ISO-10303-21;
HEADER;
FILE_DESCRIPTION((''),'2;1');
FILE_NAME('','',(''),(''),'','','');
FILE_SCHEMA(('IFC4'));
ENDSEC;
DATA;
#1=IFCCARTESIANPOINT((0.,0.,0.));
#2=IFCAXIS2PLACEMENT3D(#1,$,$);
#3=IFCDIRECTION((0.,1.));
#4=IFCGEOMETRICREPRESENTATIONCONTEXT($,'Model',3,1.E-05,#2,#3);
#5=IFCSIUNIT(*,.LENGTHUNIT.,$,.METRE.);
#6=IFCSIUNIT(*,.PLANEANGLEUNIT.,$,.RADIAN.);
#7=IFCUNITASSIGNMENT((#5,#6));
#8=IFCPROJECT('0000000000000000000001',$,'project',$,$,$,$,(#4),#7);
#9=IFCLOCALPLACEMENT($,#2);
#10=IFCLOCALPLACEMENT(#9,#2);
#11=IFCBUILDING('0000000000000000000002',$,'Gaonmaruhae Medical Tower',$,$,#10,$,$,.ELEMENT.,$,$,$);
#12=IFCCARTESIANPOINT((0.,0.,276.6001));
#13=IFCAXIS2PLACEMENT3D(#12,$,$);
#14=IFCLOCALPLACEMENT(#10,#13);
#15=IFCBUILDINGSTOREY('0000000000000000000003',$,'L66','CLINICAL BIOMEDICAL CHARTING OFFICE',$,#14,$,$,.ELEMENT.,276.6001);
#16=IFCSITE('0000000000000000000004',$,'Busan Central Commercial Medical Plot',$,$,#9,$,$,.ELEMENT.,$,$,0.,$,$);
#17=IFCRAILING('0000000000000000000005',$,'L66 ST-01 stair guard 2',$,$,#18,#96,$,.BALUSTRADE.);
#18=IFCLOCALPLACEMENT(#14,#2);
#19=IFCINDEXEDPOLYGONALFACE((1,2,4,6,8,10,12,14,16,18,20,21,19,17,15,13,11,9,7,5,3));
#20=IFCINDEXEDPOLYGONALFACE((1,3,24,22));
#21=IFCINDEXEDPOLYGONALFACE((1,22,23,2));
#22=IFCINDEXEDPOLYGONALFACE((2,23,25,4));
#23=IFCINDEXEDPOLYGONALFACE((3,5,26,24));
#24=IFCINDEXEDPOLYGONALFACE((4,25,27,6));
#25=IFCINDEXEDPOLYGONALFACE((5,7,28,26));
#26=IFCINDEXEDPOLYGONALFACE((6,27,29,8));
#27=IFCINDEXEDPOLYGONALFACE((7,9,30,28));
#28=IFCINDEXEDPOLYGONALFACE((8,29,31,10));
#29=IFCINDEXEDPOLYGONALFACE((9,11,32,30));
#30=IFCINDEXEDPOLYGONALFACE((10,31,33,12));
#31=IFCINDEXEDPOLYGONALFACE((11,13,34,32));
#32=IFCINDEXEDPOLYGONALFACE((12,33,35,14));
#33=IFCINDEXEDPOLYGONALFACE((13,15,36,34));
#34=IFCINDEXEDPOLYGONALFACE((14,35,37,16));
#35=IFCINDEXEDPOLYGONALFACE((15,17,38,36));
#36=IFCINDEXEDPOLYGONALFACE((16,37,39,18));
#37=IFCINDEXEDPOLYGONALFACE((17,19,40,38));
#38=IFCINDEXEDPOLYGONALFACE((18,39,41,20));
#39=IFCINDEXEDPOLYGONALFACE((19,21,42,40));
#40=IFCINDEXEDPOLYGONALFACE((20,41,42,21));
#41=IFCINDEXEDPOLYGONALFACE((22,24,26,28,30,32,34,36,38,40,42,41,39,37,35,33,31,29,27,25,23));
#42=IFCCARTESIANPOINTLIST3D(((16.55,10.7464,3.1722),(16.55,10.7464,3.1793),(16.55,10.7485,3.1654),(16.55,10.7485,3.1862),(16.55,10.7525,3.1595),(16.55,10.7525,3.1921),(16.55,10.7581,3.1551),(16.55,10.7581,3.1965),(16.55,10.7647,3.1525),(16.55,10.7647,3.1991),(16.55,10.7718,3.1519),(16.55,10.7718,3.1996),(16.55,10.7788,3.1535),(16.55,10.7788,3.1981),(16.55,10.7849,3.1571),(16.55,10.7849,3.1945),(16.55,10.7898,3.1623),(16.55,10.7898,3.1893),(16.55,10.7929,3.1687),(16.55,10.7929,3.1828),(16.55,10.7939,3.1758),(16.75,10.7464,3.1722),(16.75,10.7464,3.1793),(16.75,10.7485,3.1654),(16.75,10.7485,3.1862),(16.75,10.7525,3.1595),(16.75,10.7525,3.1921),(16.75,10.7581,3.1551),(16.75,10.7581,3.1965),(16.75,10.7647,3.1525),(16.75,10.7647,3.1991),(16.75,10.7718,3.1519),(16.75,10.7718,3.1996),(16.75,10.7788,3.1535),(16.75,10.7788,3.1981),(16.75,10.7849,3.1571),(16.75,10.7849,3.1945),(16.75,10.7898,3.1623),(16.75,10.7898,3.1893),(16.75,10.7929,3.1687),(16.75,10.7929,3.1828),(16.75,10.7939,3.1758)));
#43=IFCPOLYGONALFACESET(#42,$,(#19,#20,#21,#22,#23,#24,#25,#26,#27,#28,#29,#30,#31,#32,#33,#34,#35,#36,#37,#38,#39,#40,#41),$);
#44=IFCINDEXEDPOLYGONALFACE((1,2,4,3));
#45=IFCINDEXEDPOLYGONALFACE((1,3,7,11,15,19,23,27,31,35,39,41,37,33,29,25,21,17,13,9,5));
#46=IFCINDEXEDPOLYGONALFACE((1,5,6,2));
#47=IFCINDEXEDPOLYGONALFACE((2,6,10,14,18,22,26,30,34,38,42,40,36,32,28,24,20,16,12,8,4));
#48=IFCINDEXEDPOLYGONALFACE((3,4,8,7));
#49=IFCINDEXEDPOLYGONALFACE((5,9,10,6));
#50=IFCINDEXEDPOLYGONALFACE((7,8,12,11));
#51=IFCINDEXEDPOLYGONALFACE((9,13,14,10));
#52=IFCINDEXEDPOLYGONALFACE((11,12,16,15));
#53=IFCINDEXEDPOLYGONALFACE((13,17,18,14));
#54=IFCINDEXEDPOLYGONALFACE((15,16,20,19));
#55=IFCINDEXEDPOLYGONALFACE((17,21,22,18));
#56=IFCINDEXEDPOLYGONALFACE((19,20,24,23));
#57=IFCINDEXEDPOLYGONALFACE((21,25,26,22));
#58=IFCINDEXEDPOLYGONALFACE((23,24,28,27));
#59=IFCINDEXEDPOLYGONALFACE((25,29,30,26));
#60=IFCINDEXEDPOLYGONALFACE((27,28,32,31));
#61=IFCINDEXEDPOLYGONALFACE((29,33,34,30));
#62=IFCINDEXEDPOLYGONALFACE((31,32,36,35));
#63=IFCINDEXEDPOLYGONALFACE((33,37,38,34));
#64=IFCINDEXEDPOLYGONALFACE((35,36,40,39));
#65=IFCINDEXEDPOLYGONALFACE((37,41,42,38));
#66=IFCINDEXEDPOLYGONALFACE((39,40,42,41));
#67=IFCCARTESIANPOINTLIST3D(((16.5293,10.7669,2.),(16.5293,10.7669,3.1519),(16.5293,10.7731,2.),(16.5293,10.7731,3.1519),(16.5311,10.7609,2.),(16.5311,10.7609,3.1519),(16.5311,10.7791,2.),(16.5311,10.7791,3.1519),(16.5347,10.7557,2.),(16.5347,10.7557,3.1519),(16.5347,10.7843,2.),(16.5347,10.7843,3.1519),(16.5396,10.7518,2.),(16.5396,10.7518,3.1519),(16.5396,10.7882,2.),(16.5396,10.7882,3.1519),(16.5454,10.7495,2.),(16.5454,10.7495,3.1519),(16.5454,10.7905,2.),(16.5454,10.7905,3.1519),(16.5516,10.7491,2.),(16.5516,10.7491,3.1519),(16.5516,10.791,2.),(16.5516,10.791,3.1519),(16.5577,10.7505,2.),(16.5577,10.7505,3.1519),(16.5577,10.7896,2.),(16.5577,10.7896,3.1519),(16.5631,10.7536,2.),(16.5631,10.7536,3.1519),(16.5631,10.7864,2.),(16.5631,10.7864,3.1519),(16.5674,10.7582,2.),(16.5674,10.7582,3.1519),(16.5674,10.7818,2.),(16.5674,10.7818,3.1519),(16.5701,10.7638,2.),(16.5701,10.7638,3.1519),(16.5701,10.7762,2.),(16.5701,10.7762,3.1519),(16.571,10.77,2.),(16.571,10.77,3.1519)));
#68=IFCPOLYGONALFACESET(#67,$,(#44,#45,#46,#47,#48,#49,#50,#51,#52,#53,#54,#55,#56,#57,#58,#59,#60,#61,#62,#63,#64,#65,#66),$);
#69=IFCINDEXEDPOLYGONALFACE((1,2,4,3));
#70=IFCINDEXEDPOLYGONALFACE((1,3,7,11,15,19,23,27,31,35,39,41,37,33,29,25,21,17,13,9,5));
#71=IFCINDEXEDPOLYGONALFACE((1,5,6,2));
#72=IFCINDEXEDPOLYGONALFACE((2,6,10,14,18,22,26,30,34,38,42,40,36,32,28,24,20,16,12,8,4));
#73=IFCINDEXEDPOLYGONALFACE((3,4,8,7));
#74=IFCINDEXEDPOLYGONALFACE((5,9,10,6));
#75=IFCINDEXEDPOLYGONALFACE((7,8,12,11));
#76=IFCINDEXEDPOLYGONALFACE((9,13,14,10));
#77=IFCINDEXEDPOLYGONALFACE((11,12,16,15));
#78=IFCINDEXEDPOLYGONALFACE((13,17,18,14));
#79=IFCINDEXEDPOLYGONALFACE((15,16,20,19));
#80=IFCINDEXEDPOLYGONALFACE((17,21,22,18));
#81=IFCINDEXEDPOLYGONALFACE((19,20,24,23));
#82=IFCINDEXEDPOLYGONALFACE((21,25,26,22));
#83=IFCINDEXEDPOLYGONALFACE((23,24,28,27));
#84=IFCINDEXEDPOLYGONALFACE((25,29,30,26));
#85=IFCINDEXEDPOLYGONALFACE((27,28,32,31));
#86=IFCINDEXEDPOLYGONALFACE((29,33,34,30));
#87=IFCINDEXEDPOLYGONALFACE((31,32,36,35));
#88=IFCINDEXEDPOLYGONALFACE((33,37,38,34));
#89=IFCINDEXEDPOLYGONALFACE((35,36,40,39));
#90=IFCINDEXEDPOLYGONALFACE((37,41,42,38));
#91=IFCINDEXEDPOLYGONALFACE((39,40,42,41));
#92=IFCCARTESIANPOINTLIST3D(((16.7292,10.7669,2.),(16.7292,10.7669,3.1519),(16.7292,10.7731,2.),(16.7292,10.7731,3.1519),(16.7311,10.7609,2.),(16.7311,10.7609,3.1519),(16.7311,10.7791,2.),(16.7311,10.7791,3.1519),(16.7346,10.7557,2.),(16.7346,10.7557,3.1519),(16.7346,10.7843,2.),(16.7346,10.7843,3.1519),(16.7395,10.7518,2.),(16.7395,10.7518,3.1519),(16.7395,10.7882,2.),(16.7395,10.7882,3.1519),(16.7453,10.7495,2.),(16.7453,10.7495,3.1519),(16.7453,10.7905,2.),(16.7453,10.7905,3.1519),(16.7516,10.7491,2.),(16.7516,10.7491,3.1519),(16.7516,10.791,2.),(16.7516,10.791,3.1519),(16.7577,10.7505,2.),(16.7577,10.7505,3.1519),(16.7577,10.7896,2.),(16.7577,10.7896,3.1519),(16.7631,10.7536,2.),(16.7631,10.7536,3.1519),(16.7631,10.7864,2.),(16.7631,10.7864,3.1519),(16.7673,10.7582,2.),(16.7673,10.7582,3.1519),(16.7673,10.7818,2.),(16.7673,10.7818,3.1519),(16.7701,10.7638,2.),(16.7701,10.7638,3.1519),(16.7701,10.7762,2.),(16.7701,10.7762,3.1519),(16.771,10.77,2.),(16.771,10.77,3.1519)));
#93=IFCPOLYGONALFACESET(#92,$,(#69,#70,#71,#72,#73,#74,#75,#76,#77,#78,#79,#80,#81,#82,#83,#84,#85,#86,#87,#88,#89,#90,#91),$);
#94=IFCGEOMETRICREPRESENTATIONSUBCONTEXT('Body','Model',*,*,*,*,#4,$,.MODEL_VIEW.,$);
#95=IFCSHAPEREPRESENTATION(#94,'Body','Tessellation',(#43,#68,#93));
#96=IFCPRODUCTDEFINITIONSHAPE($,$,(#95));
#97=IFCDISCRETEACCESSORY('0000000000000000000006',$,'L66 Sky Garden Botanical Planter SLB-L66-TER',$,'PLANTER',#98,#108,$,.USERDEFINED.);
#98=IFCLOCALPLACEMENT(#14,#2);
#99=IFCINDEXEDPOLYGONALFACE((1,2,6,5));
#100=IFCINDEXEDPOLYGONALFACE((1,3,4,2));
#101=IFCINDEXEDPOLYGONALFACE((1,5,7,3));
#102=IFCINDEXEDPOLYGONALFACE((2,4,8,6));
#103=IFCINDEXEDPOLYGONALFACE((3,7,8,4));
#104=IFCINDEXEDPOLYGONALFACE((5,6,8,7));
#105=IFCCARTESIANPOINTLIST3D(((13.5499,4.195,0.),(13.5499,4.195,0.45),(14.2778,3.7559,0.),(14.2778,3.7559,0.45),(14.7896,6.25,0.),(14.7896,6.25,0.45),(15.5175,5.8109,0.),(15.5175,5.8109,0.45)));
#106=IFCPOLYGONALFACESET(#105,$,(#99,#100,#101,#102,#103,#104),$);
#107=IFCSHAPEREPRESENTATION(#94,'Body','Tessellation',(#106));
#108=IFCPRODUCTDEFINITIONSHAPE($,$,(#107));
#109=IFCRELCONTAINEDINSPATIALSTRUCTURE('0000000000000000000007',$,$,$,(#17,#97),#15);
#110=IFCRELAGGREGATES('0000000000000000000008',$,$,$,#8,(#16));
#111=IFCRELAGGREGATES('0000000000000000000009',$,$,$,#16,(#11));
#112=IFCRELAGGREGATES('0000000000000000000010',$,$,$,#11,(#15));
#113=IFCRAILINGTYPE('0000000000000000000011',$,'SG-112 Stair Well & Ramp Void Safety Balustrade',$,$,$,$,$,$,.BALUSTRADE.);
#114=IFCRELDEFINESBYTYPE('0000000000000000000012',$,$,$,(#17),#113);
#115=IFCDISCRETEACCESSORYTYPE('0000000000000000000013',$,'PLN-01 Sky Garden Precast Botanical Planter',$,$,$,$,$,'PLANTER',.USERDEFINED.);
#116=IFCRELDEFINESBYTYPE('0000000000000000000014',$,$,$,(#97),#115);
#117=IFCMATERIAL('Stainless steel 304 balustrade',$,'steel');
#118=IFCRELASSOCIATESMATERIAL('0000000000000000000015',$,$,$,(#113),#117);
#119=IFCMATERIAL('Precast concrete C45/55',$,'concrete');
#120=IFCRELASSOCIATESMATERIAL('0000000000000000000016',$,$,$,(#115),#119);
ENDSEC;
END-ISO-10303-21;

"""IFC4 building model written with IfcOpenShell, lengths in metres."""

from ifc_helpers import new_model, si_unit, direction, frame, origin, origin_2d, place, context, subcontext, project, spatial, rectangle, circle, extrude, material, type_object, element, save


model = new_model("IFC4")

# Units and contexts
model_context = context("Model", 3, precision=1e-05, world=origin(), true_north=direction((0.0, 1.0)))
body_context = subcontext(model_context, "Body", "Model", "MODEL_VIEW")
ifc_project = project(units=[si_unit("LENGTHUNIT", "METRE"), si_unit("PLANEANGLEUNIT", "RADIAN")], contexts=[model_context])

# Site, building, storey
site_placement = place(None, origin())
site = spatial("IfcSite", under=ifc_project, at=site_placement, Name="Busan Central Commercial Medical Plot", CompositionType="ELEMENT", RefElevation=0.0)
building_placement = place(site_placement, origin())
building = spatial("IfcBuilding", under=site, at=building_placement, Name="Gaonmaruhae Medical Tower", CompositionType="ELEMENT")
storey_placement = place(building_placement, frame((0.0, 0.0, 276.6001)))
storey = spatial("IfcBuildingStorey", under=building, at=storey_placement, Name="L66", Description="CLINICAL BIOMEDICAL CHARTING OFFICE", CompositionType="ELEMENT", Elevation=276.6001)

# Shared definitions
ifc_material_1 = material(Name="Precast concrete C45/55", Category="concrete")

# Railing
ifc_material_2 = material(Name="Stainless steel 304 balustrade", Category="steel")
railing_type_1 = type_object("IfcRailingType", Name="SG-112 Stair Well & Ramp Void Safety Balustrade", PredefinedType="BALUSTRADE", material=ifc_material_2)
railing_1_placement = place(storey_placement, frame((16.55, 10.77, 2.0)))
element("IfcRailing", 1, at=railing_1_placement, inside=storey, type_object=railing_type_1, Name="L66 ST-01 stair guard 2", PredefinedType="BALUSTRADE", context=body_context, shape_type="SweptSolid", body=[
    extrude(circle(Radius=0.0239, at=origin_2d()), frame((0.0, 0.0, 1.1758), z_axis=(1.0, 0.0, 0.0), x_axis=(0.0, 1.0, 0.0)), (0.0, 0.0, 1.0), 0.2),
    extrude(circle(Radius=0.021, at=origin_2d()), origin(), (0.0, 0.0, 1.0), 1.1519),
    extrude(circle(Radius=0.021, at=origin_2d()), frame((0.2, 0.0, 0.0)), (0.0, 0.0, 1.0), 1.1519),
])

# Discrete accessory
discrete_accessory_type = type_object("IfcDiscreteAccessoryType", Name="PLN-01 Sky Garden Precast Botanical Planter", ElementType="PLANTER", PredefinedType="USERDEFINED", material=ifc_material_1)
discrete_accessory_placement = place(storey_placement, frame((14.5337, 5.0029, 0.0), z_axis=(0.0, 0.0, 1.0), x_axis=(0.516533, 0.856267, 0.0)))
element("IfcDiscreteAccessory", 2, at=discrete_accessory_placement, inside=storey, type_object=discrete_accessory_type, Name="L66 Sky Garden Botanical Planter SLB-L66-TER", ObjectType="PLANTER", PredefinedType="USERDEFINED", context=body_context, shape_type="SweptSolid", body=[
    extrude(rectangle(XDim=2.3999, YDim=0.8501, at=origin_2d()), origin(), (0.0, 0.0, 1.0), 0.45),
])

save(model, "model.ifc")
